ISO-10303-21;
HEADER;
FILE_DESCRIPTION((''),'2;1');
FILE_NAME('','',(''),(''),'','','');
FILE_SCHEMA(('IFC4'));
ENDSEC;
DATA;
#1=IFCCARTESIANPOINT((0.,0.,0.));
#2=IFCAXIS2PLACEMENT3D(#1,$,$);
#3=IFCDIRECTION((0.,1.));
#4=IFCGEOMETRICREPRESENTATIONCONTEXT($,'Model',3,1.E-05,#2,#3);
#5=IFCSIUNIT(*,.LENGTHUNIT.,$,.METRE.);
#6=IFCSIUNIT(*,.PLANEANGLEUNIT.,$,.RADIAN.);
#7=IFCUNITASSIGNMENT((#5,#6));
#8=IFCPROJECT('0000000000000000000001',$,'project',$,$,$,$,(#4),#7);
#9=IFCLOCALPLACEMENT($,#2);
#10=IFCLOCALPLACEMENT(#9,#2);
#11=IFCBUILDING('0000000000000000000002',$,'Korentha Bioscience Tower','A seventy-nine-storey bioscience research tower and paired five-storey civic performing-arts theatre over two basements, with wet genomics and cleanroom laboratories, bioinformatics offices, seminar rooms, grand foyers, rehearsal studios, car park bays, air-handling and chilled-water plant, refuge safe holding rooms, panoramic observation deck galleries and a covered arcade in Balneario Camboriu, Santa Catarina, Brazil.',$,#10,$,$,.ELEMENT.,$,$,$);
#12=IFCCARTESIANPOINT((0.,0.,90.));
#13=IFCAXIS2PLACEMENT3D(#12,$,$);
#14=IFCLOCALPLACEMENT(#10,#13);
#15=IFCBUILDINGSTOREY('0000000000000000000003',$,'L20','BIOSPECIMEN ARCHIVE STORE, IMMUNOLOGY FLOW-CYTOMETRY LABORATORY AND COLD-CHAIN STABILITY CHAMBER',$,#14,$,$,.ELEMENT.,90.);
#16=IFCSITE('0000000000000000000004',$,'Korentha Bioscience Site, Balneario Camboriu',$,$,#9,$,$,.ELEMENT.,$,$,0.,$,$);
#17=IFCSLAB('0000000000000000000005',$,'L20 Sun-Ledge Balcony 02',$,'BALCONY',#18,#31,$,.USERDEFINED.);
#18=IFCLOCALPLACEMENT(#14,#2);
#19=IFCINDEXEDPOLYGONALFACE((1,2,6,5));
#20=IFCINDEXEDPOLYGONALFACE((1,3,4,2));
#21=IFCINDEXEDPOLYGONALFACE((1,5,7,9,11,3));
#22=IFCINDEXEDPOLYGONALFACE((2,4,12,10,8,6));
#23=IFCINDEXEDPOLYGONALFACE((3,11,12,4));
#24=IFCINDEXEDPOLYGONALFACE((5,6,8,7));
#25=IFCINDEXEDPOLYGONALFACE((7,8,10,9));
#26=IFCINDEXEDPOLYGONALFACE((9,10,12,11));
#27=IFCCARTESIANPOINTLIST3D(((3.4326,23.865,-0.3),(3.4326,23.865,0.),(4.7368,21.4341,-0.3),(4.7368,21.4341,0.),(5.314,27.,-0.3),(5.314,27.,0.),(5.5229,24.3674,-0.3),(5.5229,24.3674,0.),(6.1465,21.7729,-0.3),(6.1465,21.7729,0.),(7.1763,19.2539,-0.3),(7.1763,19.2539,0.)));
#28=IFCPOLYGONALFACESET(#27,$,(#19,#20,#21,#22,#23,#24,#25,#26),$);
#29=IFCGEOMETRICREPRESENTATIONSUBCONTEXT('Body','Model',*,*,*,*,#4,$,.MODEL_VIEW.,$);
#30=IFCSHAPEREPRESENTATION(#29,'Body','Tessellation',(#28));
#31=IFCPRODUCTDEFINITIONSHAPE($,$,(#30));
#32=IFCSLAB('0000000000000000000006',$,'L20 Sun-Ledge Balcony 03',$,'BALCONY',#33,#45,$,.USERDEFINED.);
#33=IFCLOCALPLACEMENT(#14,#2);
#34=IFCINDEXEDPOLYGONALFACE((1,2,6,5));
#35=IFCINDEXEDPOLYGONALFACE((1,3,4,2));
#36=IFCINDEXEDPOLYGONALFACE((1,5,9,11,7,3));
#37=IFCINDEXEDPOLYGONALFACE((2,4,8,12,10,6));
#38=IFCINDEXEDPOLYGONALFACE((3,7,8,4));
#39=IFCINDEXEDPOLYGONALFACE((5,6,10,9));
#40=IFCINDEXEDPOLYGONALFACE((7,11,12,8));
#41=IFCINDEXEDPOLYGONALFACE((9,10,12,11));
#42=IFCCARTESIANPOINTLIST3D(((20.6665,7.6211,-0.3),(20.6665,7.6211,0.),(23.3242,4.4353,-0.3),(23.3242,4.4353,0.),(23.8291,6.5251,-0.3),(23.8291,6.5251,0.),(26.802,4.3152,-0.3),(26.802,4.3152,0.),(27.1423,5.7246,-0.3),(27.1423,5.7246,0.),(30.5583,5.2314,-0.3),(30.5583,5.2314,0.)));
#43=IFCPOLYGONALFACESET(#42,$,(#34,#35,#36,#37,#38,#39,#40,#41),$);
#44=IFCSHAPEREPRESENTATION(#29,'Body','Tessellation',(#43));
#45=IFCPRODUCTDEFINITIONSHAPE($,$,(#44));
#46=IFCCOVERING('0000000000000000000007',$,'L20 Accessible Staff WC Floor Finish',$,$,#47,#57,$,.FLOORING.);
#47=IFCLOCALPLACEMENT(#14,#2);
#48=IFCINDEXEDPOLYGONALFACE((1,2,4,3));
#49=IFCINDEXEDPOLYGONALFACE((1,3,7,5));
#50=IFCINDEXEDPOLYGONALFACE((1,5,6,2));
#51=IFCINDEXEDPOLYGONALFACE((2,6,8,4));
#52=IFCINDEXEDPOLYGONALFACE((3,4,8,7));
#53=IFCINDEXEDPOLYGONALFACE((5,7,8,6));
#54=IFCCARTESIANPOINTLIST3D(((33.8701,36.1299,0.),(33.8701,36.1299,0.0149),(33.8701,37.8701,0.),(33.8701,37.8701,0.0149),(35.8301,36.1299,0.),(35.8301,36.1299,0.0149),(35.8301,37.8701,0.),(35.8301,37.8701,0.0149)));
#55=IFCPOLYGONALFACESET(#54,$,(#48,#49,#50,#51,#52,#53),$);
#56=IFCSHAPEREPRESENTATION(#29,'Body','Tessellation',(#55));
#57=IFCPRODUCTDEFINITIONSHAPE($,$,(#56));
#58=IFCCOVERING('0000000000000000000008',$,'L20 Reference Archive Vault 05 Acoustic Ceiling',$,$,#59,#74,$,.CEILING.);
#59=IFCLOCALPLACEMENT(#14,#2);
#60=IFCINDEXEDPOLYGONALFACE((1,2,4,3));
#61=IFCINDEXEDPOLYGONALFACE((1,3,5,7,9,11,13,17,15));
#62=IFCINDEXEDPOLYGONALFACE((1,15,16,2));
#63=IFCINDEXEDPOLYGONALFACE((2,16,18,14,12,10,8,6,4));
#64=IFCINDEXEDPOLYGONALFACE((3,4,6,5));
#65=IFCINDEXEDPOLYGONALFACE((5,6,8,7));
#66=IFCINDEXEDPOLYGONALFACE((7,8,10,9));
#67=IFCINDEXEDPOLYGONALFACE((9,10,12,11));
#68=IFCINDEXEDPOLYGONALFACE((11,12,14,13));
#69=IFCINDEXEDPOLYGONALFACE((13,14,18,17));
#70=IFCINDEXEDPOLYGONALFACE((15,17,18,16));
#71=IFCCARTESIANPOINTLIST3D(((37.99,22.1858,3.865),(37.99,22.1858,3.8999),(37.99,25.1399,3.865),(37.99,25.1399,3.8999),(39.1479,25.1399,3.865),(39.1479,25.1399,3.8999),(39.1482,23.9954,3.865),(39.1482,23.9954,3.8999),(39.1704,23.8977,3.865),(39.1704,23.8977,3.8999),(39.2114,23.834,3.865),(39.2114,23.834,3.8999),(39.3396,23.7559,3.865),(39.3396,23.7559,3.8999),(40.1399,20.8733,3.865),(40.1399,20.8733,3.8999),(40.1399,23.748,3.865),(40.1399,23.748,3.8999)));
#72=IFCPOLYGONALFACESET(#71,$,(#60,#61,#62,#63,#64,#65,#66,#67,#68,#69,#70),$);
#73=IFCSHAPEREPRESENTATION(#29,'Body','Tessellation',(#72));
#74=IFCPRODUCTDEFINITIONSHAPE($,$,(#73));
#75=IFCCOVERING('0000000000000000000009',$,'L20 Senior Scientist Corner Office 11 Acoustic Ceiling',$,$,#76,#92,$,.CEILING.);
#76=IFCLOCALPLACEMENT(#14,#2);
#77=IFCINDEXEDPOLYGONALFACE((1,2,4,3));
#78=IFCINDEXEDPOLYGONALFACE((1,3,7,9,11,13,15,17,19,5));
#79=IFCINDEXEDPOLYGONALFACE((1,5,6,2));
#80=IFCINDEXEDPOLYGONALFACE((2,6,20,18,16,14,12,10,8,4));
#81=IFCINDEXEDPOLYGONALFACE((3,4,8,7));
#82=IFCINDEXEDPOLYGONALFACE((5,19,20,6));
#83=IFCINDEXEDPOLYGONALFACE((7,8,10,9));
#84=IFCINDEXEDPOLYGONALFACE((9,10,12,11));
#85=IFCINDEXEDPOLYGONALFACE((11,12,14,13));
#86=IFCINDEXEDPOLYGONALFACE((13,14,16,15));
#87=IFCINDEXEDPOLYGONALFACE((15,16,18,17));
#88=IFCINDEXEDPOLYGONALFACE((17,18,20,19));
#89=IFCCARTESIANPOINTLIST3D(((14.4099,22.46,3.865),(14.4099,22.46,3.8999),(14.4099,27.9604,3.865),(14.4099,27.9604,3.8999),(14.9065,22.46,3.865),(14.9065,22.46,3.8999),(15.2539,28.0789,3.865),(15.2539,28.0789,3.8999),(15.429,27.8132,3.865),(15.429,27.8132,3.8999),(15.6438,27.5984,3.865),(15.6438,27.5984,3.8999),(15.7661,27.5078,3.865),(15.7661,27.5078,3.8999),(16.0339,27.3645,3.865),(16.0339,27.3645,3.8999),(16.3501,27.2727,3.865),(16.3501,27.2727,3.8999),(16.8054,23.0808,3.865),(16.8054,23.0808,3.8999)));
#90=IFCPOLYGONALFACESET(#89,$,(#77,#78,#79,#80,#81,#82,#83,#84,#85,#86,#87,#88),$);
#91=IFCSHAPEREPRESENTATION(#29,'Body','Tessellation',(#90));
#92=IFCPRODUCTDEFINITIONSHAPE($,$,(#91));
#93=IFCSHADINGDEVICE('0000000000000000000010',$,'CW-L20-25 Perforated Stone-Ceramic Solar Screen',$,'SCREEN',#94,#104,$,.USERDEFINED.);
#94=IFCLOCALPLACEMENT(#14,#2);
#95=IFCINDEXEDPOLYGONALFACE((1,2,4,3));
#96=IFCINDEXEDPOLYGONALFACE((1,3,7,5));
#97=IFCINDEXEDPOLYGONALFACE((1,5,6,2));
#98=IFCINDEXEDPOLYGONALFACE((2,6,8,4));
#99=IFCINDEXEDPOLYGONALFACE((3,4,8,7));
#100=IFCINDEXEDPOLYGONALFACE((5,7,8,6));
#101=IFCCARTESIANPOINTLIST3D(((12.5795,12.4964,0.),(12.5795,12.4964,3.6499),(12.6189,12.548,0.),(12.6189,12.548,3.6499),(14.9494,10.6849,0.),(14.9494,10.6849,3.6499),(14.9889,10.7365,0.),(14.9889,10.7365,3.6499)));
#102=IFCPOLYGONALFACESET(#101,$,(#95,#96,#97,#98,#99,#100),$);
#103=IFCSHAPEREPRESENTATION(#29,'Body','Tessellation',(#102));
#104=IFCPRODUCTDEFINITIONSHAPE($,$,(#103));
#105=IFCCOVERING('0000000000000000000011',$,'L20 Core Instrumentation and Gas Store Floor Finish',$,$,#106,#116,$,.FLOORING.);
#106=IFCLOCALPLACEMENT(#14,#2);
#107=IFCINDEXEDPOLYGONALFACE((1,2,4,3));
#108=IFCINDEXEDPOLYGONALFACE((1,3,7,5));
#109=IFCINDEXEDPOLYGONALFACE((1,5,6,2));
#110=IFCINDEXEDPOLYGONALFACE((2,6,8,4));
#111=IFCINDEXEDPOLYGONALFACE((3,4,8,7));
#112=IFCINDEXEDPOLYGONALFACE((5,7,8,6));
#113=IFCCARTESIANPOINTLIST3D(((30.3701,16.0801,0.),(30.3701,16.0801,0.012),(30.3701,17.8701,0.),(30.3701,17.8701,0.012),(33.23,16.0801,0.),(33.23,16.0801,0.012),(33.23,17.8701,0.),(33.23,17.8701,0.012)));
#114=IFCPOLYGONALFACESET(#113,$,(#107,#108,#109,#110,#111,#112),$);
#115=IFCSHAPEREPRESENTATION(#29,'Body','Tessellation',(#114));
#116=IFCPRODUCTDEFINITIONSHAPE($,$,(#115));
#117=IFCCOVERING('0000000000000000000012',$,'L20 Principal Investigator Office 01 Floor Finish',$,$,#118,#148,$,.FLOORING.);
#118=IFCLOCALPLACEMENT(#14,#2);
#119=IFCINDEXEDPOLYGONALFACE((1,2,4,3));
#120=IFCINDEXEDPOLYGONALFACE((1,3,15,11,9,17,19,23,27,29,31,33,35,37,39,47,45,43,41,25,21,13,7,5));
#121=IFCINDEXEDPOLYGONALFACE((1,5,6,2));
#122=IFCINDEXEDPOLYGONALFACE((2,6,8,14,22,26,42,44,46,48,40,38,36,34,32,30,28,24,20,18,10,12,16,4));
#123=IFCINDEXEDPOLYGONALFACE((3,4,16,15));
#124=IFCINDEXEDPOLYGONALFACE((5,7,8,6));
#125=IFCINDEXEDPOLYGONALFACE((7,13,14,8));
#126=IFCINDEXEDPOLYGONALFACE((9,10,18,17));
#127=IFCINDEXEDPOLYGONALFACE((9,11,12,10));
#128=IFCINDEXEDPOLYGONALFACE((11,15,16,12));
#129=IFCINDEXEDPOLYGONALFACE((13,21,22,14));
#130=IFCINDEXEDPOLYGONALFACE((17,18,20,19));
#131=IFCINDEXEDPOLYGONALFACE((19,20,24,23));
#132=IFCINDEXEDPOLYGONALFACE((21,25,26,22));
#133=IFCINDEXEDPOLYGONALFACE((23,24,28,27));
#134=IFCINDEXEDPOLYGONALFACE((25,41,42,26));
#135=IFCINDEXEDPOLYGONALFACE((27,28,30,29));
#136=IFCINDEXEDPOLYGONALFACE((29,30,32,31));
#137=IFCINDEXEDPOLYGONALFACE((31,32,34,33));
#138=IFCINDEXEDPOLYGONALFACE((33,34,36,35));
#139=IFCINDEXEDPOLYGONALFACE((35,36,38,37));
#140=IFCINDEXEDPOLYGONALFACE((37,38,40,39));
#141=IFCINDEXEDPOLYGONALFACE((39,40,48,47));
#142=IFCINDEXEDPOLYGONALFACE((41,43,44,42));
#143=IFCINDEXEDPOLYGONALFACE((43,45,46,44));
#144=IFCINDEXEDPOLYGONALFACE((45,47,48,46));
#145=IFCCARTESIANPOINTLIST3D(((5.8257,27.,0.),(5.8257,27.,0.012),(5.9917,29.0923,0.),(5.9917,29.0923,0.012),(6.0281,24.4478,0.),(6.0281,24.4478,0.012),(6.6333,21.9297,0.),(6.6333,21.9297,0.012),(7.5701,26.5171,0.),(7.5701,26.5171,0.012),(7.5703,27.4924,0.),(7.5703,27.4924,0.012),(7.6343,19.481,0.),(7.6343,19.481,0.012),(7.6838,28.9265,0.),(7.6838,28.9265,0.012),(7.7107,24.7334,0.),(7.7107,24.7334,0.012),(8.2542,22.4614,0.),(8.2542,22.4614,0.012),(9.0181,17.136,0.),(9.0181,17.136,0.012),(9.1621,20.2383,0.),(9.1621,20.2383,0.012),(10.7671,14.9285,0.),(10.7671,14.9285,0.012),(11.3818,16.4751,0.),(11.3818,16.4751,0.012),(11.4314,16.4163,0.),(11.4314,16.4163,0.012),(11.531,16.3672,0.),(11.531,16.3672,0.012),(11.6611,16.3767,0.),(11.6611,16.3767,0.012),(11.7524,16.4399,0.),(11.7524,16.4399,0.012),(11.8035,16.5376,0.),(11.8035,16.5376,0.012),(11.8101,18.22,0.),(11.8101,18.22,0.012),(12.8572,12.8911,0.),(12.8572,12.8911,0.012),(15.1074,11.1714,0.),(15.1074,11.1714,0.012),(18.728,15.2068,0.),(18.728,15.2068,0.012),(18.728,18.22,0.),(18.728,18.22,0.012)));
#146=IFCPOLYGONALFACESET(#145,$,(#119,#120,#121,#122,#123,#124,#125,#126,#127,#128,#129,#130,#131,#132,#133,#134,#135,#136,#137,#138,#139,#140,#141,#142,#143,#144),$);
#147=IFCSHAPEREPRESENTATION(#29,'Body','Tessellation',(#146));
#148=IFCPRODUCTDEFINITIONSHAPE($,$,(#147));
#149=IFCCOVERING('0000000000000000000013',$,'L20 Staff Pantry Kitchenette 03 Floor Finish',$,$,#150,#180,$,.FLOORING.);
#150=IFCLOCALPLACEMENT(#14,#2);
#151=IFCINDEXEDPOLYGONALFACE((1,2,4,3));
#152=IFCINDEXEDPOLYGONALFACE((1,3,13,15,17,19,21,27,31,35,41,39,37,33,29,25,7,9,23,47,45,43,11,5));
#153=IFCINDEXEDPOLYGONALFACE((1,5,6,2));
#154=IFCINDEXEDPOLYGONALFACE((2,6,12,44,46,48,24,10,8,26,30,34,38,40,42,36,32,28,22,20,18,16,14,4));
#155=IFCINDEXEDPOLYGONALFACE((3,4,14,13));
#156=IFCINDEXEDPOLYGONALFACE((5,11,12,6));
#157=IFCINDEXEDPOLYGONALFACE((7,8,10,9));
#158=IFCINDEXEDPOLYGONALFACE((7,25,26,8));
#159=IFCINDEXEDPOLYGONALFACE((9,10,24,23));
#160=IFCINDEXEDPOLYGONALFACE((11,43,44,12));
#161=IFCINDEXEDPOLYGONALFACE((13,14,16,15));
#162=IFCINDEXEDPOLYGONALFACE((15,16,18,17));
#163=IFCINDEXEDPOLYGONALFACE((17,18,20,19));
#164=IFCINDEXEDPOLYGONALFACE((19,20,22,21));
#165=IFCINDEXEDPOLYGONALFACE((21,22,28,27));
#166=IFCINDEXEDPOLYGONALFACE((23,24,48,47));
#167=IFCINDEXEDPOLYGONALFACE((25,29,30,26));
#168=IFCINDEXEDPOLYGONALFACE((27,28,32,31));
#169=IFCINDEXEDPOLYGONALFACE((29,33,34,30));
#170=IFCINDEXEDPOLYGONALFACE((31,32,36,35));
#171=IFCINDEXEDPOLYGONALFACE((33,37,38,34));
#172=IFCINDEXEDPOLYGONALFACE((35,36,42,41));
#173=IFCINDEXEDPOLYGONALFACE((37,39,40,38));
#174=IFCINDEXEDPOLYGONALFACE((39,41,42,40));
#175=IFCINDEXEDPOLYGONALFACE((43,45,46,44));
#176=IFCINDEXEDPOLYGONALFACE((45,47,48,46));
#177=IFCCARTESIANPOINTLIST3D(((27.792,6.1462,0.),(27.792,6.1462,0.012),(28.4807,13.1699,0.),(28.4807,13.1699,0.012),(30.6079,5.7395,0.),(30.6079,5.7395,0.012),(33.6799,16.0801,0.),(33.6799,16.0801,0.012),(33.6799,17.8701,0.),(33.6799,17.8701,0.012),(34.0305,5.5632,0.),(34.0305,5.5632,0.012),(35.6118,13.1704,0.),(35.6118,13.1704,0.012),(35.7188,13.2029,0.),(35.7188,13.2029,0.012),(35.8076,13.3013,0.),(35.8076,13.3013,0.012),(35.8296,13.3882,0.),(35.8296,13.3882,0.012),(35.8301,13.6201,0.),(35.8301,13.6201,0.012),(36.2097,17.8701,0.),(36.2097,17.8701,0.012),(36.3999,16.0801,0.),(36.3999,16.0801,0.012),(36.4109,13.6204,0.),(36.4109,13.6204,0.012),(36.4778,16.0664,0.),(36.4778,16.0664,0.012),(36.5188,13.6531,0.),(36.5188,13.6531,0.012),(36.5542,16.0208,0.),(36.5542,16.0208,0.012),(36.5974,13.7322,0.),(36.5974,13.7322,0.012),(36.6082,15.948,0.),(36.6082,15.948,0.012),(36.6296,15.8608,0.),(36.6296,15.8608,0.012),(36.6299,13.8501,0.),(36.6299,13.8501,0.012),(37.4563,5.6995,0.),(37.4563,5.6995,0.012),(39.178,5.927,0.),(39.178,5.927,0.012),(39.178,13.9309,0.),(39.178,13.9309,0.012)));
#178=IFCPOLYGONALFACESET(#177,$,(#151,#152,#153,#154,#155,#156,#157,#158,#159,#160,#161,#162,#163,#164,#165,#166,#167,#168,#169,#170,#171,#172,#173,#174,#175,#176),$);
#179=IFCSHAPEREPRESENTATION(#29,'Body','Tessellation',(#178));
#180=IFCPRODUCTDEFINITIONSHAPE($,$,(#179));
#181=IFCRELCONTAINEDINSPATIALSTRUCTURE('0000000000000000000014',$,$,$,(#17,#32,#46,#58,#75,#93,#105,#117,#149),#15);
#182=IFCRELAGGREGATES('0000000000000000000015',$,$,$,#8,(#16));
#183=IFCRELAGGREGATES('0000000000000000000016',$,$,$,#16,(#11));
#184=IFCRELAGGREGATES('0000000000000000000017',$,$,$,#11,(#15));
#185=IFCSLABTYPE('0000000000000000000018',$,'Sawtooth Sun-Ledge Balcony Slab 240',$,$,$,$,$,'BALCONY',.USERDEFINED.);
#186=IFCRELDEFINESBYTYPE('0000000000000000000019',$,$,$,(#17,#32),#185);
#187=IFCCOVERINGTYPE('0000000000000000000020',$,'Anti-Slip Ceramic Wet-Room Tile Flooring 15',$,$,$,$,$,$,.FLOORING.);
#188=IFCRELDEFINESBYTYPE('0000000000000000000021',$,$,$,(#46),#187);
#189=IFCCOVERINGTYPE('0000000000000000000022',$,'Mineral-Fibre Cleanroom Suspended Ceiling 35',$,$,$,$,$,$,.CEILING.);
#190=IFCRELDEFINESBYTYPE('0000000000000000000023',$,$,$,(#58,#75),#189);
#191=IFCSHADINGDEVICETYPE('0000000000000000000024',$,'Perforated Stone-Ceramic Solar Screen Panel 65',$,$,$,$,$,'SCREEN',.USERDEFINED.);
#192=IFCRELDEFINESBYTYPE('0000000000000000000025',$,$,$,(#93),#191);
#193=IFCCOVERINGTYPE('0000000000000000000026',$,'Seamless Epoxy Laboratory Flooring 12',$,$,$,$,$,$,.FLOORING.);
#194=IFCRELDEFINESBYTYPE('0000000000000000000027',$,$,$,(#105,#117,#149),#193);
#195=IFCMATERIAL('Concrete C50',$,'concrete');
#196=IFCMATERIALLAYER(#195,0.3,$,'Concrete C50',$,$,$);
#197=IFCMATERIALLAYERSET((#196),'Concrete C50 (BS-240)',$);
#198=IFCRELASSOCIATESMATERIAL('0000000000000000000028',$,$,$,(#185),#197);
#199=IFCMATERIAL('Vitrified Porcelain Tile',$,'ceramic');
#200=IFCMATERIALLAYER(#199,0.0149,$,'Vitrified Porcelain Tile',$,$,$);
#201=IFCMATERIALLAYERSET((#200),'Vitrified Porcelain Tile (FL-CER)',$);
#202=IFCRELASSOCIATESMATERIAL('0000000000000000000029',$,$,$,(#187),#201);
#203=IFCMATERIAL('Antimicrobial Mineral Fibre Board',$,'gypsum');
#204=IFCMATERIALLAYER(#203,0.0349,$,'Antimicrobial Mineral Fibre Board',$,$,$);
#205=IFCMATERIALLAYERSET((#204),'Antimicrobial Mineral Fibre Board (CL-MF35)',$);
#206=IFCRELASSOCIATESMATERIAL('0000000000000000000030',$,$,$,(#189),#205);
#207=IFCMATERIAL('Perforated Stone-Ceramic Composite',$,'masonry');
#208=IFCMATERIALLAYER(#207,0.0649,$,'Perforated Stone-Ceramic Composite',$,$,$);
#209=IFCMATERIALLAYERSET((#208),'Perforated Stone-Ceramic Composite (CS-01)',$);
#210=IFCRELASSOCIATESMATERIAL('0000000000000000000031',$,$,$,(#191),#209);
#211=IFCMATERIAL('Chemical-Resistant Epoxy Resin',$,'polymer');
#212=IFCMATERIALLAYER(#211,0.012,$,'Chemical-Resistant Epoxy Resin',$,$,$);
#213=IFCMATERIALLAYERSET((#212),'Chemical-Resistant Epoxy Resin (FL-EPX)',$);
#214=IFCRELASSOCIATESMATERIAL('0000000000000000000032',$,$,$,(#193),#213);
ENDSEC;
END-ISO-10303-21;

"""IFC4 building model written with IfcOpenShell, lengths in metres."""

from ifc_helpers import new_model, si_unit, direction, frame, origin, origin_2d, place, context, subcontext, project, spatial, polyline, rectangle, outline, extrude, material, layer, layer_set, type_object, element, save


model = new_model("IFC4")

# Units and contexts
model_context = context("Model", 3, precision=1e-05, world=origin(), true_north=direction((0.0, 1.0)))
body_context = subcontext(model_context, "Body", "Model", "MODEL_VIEW")
ifc_project = project(units=[si_unit("LENGTHUNIT", "METRE"), si_unit("PLANEANGLEUNIT", "RADIAN")], contexts=[model_context])

# Site, building, storey
site_placement = place(None, origin())
site = spatial("IfcSite", under=ifc_project, at=site_placement, Name="Korentha Bioscience Site, Balneario Camboriu", CompositionType="ELEMENT", RefElevation=0.0)
building_placement = place(site_placement, origin())
building = spatial("IfcBuilding", under=site, at=building_placement, Name="Korentha Bioscience Tower", Description="A seventy-nine-storey bioscience research tower and paired five-storey civic performing-arts theatre over two basements, with wet genomics and cleanroom laboratories, bioinformatics offices, seminar rooms, grand foyers, rehearsal studios, car park bays, air-handling and chilled-water plant, refuge safe holding rooms, panoramic observation deck galleries and a covered arcade in Balneario Camboriu, Santa Catarina, Brazil.", CompositionType="ELEMENT")
storey_placement = place(building_placement, frame((0.0, 0.0, 90.0)))
storey = spatial("IfcBuildingStorey", under=building, at=storey_placement, Name="L20", Description="BIOSPECIMEN ARCHIVE STORE, IMMUNOLOGY FLOW-CYTOMETRY LABORATORY AND COLD-CHAIN STABILITY CHAMBER", CompositionType="ELEMENT", Elevation=90.0)

# Shared definitions
ifc_material_1 = material(Name="Concrete C50", Category="concrete")

# Slabs
ifc_layer_1 = layer(ifc_material_1, 0.3, Name="Concrete C50")
ifc_layer_set_1 = layer_set([ifc_layer_1], Name="Concrete C50 (BS-240)")
slab_type_1 = type_object("IfcSlabType", Name="Sawtooth Sun-Ledge Balcony Slab 240", ElementType="BALCONY", PredefinedType="USERDEFINED", material=ifc_layer_set_1)
slab_1_placement = place(storey_placement, frame((0.0, 0.0, -0.3)))
element("IfcSlab", 1, at=slab_1_placement, inside=storey, type_object=slab_type_1, Name="L20 Sun-Ledge Balcony 02", ObjectType="BALCONY", PredefinedType="USERDEFINED", context=body_context, shape_type="SweptSolid", body=[
    extrude(outline(polyline([(7.1763, 19.2539), (6.1465, 21.7729), (5.5229, 24.3674), (5.314, 27.0), (3.4326, 23.865), (4.7368, 21.4341), (7.1763, 19.2539)])), origin(), (0.0, 0.0, 1.0), 0.3),
])
slab_2_placement = place(storey_placement, frame((0.0, 0.0, -0.3)))
element("IfcSlab", 2, at=slab_2_placement, inside=storey, type_object=slab_type_1, Name="L20 Sun-Ledge Balcony 03", ObjectType="BALCONY", PredefinedType="USERDEFINED", context=body_context, shape_type="SweptSolid", body=[
    extrude(outline(polyline([(30.5583, 5.2314), (27.1423, 5.7246), (23.8291, 6.5251), (20.6665, 7.6211), (23.3242, 4.4353), (26.802, 4.3152), (30.5583, 5.2314)])), origin(), (0.0, 0.0, 1.0), 0.3),
])

# Coverings
ifc_material_2 = material(Name="Vitrified Porcelain Tile", Category="ceramic")
ifc_layer_2 = layer(ifc_material_2, 0.0149, Name="Vitrified Porcelain Tile")
ifc_layer_set_2 = layer_set([ifc_layer_2], Name="Vitrified Porcelain Tile (FL-CER)")
covering_type_1 = type_object("IfcCoveringType", Name="Anti-Slip Ceramic Wet-Room Tile Flooring 15", PredefinedType="FLOORING", material=ifc_layer_set_2)
covering_1_placement = place(storey_placement, origin())
element("IfcCovering", 3, at=covering_1_placement, inside=storey, type_object=covering_type_1, Name="L20 Accessible Staff WC Floor Finish", PredefinedType="FLOORING", context=body_context, shape_type="SweptSolid", body=[
    extrude(outline(polyline([(33.8701, 36.1299), (33.8701, 37.8701), (35.8301, 37.8701), (35.8301, 36.1299), (33.8701, 36.1299)])), origin(), (0.0, 0.0, 1.0), 0.0149),
])
ifc_material_3 = material(Name="Antimicrobial Mineral Fibre Board", Category="gypsum")
ifc_layer_3 = layer(ifc_material_3, 0.0349, Name="Antimicrobial Mineral Fibre Board")
ifc_layer_set_3 = layer_set([ifc_layer_3], Name="Antimicrobial Mineral Fibre Board (CL-MF35)")
covering_type_2 = type_object("IfcCoveringType", Name="Mineral-Fibre Cleanroom Suspended Ceiling 35", PredefinedType="CEILING", material=ifc_layer_set_3)
covering_2_placement = place(storey_placement, frame((0.0, 0.0, 3.865)))
element("IfcCovering", 4, at=covering_2_placement, inside=storey, type_object=covering_type_2, Name="L20 Reference Archive Vault 05 Acoustic Ceiling", PredefinedType="CEILING", context=body_context, shape_type="SweptSolid", body=[
    extrude(outline(polyline([(39.1482, 23.9954), (39.1704, 23.8977), (39.2114, 23.834), (39.3396, 23.7559), (40.1399, 23.748), (40.1399, 20.8733), (37.99, 22.1858), (37.99, 25.1399), (39.1479, 25.1399), (39.1482, 23.9954)])), origin(), (0.0, 0.0, 1.0), 0.0349),
])
covering_3_placement = place(storey_placement, frame((0.0, 0.0, 3.865)))
element("IfcCovering", 5, at=covering_3_placement, inside=storey, type_object=covering_type_2, Name="L20 Senior Scientist Corner Office 11 Acoustic Ceiling", PredefinedType="CEILING", context=body_context, shape_type="SweptSolid", body=[
    extrude(outline(polyline([(14.4099, 22.46), (14.4099, 27.9604), (15.2539, 28.0789), (15.429, 27.8132), (15.6438, 27.5984), (15.7661, 27.5078), (16.0339, 27.3645), (16.3501, 27.2727), (16.8054, 23.0808), (14.9065, 22.46), (14.4099, 22.46)])), origin(), (0.0, 0.0, 1.0), 0.0349),
])

# Shading device
ifc_material_4 = material(Name="Perforated Stone-Ceramic Composite", Category="masonry")
ifc_layer_4 = layer(ifc_material_4, 0.0649, Name="Perforated Stone-Ceramic Composite")
ifc_layer_set_4 = layer_set([ifc_layer_4], Name="Perforated Stone-Ceramic Composite (CS-01)")
shading_device_type_1 = type_object("IfcShadingDeviceType", Name="Perforated Stone-Ceramic Solar Screen Panel 65", ElementType="SCREEN", PredefinedType="USERDEFINED", material=ifc_layer_set_4)
shading_device_1_placement = place(storey_placement, frame((13.7842, 11.6165, 0.0), z_axis=(0.0, 0.0, 1.0), x_axis=(0.7945, -0.607265, 0.0)))
element("IfcShadingDevice", 6, at=shading_device_1_placement, inside=storey, type_object=shading_device_type_1, Name="CW-L20-25 Perforated Stone-Ceramic Solar Screen", ObjectType="SCREEN", PredefinedType="USERDEFINED", context=body_context, shape_type="SweptSolid", body=[
    extrude(rectangle(XDim=2.9829, YDim=0.0649, at=origin_2d()), origin(), (0.0, 0.0, 1.0), 3.6499),
])

# Coverings
ifc_material_5 = material(Name="Chemical-Resistant Epoxy Resin", Category="polymer")
ifc_layer_5 = layer(ifc_material_5, 0.012, Name="Chemical-Resistant Epoxy Resin")
ifc_layer_set_5 = layer_set([ifc_layer_5], Name="Chemical-Resistant Epoxy Resin (FL-EPX)")
covering_type_3 = type_object("IfcCoveringType", Name="Seamless Epoxy Laboratory Flooring 12", PredefinedType="FLOORING", material=ifc_layer_set_5)
covering_4_placement = place(storey_placement, origin())
element("IfcCovering", 7, at=covering_4_placement, inside=storey, type_object=covering_type_3, Name="L20 Core Instrumentation and Gas Store Floor Finish", PredefinedType="FLOORING", context=body_context, shape_type="SweptSolid", body=[
    extrude(outline(polyline([(30.3701, 16.0801), (30.3701, 17.8701), (33.23, 17.8701), (33.23, 16.0801), (30.3701, 16.0801)])), origin(), (0.0, 0.0, 1.0), 0.012),
])
covering_5_placement = place(storey_placement, origin())
element("IfcCovering", 8, at=covering_5_placement, inside=storey, type_object=covering_type_3, Name="L20 Principal Investigator Office 01 Floor Finish", PredefinedType="FLOORING", context=body_context, shape_type="SweptSolid", body=[
    extrude(outline(polyline([(5.9917, 29.0923), (7.6838, 28.9265), (7.5703, 27.4924), (7.5701, 26.5171), (7.7107, 24.7334), (8.2542, 22.4614), (9.1621, 20.2383), (11.3818, 16.4751), (11.4314, 16.4163), (11.531, 16.3672), (11.6611, 16.3767), (11.7524, 16.4399), (11.8035, 16.5376), (11.8101, 18.22), (18.728, 18.22), (18.728, 15.2068), (15.1074, 11.1714), (12.8572, 12.8911), (10.7671, 14.9285), (9.0181, 17.136), (7.6343, 19.481), (6.6333, 21.9297), (6.0281, 24.4478), (5.8257, 27.0), (5.9917, 29.0923)])), origin(), (0.0, 0.0, 1.0), 0.012),
])
covering_6_placement = place(storey_placement, origin())
element("IfcCovering", 9, at=covering_6_placement, inside=storey, type_object=covering_type_3, Name="L20 Staff Pantry Kitchenette 03 Floor Finish", PredefinedType="FLOORING", context=body_context, shape_type="SweptSolid", body=[
    extrude(outline(polyline([(28.4807, 13.1699), (35.6118, 13.1704), (35.7188, 13.2029), (35.8076, 13.3013), (35.8296, 13.3882), (35.8301, 13.6201), (36.4109, 13.6204), (36.5188, 13.6531), (36.5974, 13.7322), (36.6299, 13.8501), (36.6296, 15.8608), (36.6082, 15.948), (36.5542, 16.0208), (36.4778, 16.0664), (36.3999, 16.0801), (33.6799, 16.0801), (33.6799, 17.8701), (36.2097, 17.8701), (39.178, 13.9309), (39.178, 5.927), (37.4563, 5.6995), (34.0305, 5.5632), (30.6079, 5.7395), (27.792, 6.1462), (28.4807, 13.1699)])), origin(), (0.0, 0.0, 1.0), 0.012),
])

save(model, "model.ifc")
